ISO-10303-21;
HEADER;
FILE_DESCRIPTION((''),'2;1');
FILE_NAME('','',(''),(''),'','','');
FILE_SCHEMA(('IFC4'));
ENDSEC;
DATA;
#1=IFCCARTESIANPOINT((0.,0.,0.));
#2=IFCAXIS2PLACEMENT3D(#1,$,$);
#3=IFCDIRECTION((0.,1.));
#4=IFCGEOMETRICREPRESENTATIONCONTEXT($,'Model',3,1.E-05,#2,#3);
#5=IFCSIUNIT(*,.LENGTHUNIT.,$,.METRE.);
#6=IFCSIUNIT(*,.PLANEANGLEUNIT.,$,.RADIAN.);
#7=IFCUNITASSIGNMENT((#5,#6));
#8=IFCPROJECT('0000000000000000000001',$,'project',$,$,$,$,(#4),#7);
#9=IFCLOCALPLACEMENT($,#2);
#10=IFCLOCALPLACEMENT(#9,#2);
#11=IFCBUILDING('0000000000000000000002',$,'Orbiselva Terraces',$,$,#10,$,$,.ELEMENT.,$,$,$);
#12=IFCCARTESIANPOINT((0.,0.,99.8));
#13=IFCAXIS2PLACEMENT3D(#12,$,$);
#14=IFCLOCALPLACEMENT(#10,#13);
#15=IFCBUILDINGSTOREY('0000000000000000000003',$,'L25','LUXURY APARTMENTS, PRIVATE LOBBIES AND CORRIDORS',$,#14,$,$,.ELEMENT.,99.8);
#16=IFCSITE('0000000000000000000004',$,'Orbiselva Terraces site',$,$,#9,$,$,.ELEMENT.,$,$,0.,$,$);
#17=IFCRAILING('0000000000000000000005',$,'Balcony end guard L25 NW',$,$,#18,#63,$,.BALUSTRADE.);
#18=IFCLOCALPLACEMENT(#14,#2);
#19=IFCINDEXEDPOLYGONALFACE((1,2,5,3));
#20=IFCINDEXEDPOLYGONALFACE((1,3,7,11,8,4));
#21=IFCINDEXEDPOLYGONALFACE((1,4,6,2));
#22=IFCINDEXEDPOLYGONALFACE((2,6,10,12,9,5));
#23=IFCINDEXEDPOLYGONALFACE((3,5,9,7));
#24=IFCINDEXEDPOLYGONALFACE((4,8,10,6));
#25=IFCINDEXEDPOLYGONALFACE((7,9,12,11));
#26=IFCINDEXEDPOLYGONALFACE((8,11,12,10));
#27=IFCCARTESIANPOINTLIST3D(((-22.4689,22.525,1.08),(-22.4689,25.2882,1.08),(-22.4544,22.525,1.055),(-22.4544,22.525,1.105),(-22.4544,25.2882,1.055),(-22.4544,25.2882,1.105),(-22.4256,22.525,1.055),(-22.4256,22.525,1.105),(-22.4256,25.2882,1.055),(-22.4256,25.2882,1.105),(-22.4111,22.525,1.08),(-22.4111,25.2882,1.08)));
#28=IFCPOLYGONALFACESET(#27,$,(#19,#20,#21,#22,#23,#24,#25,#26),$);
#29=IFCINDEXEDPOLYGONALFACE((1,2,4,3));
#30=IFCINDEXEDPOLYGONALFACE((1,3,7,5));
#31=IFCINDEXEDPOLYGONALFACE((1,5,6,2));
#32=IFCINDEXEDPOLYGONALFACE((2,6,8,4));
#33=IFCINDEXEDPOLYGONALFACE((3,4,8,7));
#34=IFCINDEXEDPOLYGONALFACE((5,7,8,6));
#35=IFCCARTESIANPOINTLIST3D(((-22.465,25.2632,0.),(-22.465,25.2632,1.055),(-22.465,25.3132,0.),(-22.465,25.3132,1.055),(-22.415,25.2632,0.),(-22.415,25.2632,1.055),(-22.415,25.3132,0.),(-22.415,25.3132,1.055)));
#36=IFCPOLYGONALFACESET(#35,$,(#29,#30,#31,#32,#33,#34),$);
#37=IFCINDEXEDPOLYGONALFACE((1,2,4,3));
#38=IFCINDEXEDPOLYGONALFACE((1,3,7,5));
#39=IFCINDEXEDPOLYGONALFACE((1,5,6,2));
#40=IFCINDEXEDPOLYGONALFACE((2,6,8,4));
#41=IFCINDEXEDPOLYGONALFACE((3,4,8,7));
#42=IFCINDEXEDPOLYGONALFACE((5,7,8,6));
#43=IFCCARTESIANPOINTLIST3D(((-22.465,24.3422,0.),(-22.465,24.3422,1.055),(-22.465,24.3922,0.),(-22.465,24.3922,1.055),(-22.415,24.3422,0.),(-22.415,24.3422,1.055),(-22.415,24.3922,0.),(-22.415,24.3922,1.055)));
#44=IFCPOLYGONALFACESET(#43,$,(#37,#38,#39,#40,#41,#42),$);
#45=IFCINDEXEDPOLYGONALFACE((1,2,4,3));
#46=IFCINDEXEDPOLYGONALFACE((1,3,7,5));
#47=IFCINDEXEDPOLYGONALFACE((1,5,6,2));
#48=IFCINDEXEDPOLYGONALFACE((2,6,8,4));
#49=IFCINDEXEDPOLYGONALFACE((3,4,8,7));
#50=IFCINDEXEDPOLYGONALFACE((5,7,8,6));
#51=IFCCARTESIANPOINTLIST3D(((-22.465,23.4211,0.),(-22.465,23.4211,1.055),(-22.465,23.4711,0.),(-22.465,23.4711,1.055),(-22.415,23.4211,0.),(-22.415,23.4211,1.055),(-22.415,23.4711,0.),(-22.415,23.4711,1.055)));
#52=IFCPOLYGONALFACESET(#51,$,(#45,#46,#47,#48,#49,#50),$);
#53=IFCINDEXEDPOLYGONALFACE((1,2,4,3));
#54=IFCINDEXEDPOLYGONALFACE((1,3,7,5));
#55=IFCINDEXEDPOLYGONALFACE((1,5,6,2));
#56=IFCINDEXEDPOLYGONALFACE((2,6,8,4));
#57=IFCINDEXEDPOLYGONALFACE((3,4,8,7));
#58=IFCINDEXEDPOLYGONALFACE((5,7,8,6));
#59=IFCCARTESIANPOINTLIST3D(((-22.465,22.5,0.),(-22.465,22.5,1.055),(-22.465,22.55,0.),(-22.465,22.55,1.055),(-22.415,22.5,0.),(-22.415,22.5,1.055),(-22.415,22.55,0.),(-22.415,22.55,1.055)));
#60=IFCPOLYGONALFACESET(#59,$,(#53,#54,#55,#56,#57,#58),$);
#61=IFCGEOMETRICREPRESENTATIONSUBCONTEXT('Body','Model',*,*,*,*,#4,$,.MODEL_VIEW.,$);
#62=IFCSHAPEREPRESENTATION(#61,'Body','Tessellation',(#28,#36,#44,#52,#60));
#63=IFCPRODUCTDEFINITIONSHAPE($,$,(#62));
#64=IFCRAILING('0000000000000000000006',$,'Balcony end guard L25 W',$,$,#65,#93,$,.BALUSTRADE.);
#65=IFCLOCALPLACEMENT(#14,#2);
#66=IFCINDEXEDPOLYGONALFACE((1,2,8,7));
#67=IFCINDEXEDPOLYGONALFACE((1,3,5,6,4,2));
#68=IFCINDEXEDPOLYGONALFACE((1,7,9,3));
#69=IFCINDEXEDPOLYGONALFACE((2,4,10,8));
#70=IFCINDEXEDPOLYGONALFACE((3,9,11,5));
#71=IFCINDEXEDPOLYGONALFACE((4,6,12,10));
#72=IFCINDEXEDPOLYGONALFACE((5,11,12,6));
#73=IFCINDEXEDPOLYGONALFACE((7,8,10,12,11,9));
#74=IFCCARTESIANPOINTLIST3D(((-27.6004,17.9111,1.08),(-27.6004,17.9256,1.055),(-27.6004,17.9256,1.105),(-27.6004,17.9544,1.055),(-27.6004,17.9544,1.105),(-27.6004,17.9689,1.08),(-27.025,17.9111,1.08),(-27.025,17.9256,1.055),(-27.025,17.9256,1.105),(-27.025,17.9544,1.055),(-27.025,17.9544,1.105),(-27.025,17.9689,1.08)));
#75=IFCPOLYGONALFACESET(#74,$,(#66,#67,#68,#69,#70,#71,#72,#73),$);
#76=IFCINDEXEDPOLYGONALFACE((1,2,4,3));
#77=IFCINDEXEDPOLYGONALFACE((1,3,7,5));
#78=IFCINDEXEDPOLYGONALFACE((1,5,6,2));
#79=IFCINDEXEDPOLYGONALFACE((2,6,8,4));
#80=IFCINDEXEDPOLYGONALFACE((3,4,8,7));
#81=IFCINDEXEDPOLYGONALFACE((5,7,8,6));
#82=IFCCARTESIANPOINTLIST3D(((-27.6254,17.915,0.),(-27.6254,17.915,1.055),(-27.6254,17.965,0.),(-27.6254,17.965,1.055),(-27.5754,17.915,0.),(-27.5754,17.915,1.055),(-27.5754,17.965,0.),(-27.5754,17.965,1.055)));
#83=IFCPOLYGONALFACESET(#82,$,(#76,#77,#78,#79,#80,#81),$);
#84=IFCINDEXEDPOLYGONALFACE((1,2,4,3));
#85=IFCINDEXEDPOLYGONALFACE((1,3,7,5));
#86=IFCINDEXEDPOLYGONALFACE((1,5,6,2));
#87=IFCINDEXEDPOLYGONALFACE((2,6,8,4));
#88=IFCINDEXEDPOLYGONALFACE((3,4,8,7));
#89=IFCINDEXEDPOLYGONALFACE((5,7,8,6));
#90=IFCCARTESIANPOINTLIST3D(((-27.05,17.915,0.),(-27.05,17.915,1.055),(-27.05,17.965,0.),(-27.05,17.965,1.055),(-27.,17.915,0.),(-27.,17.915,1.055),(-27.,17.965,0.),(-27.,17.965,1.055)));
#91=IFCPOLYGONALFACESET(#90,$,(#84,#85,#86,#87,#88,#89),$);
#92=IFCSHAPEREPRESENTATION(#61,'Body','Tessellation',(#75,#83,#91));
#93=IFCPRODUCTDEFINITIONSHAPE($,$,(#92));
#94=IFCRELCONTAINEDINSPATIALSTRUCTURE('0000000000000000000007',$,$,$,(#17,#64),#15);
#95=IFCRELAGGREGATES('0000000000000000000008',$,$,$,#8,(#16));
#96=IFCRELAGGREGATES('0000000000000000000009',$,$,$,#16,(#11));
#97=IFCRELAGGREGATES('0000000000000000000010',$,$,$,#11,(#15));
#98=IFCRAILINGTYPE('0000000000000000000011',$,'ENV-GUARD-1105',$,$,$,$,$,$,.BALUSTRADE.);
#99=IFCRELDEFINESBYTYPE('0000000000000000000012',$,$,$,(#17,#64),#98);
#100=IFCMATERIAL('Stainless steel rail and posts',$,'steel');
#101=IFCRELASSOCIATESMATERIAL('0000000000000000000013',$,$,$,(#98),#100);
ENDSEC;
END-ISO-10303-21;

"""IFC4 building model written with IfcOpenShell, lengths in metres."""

from ifc_helpers import new_model, si_unit, direction, frame, origin, origin_2d, place, context, subcontext, project, spatial, polyline, rectangle, outline, extrude, material, type_object, element, save


model = new_model("IFC4")

# Units and contexts
model_context = context("Model", 3, precision=1e-05, world=origin(), true_north=direction((0.0, 1.0)))
body_context = subcontext(model_context, "Body", "Model", "MODEL_VIEW")
ifc_project = project(units=[si_unit("LENGTHUNIT", "METRE"), si_unit("PLANEANGLEUNIT", "RADIAN")], contexts=[model_context])

# Site, building, storey
site_placement = place(None, origin())
site = spatial("IfcSite", under=ifc_project, at=site_placement, Name="Orbiselva Terraces site", CompositionType="ELEMENT", RefElevation=0.0)
building_placement = place(site_placement, origin())
building = spatial("IfcBuilding", under=site, at=building_placement, Name="Orbiselva Terraces", CompositionType="ELEMENT")
storey_placement = place(building_placement, frame((0.0, 0.0, 99.8)))
storey = spatial("IfcBuildingStorey", under=building, at=storey_placement, Name="L25", Description="LUXURY APARTMENTS, PRIVATE LOBBIES AND CORRIDORS", CompositionType="ELEMENT", Elevation=99.8)

# Railings
ifc_material_1 = material(Name="Stainless steel rail and posts", Category="steel")
railing_type_1 = type_object("IfcRailingType", Name="ENV-GUARD-1105", PredefinedType="BALUSTRADE", material=ifc_material_1)
railing_1_placement = place(storey_placement, frame((-22.44, 25.2882, 0.0)))
element("IfcRailing", 1, at=railing_1_placement, inside=storey, type_object=railing_type_1, Name="Balcony end guard L25 NW", PredefinedType="BALUSTRADE", context=body_context, shape_type="SweptSolid", body=[
    extrude(outline(polyline([(0.0289, 0.0), (0.0144, 0.025), (-0.0144, 0.025), (-0.0289, 0.0), (-0.0144, -0.025), (0.0144, -0.025), (0.0289, 0.0)])), frame((0.0, 0.0, 1.08), z_axis=(0.0, -1.0, 0.0), x_axis=(1.0, 0.0, 0.0)), (0.0, 0.0, 1.0), 2.7632),
    extrude(rectangle(XDim=0.05, YDim=0.05, at=origin_2d()), origin(), (0.0, 0.0, 1.0), 1.055),
    extrude(rectangle(XDim=0.05, YDim=0.05, at=origin_2d()), frame((0.0, -0.9211, 0.0)), (0.0, 0.0, 1.0), 1.055),
    extrude(rectangle(XDim=0.05, YDim=0.05, at=origin_2d()), frame((0.0, -1.8422, 0.0)), (0.0, 0.0, 1.0), 1.055),
    extrude(rectangle(XDim=0.05, YDim=0.05, at=origin_2d()), frame((0.0, -2.7632, 0.0)), (0.0, 0.0, 1.0), 1.055),
])
railing_2_placement = place(storey_placement, frame((-27.6004, 17.94, 0.0)))
element("IfcRailing", 2, at=railing_2_placement, inside=storey, type_object=railing_type_1, Name="Balcony end guard L25 W", PredefinedType="BALUSTRADE", context=body_context, shape_type="SweptSolid", body=[
    extrude(outline(polyline([(0.0289, 0.0), (0.0144, 0.025), (-0.0144, 0.025), (-0.0289, 0.0), (-0.0144, -0.025), (0.0144, -0.025), (0.0289, 0.0)])), frame((0.0, 0.0, 1.08), z_axis=(1.0, 0.0, 0.0), x_axis=(0.0, 1.0, 0.0)), (0.0, 0.0, 1.0), 0.5754),
    extrude(rectangle(XDim=0.05, YDim=0.05, at=origin_2d()), origin(), (0.0, 0.0, 1.0), 1.055),
    extrude(rectangle(XDim=0.05, YDim=0.05, at=origin_2d()), frame((0.5754, 0.0, 0.0)), (0.0, 0.0, 1.0), 1.055),
])

save(model, "model.ifc")
